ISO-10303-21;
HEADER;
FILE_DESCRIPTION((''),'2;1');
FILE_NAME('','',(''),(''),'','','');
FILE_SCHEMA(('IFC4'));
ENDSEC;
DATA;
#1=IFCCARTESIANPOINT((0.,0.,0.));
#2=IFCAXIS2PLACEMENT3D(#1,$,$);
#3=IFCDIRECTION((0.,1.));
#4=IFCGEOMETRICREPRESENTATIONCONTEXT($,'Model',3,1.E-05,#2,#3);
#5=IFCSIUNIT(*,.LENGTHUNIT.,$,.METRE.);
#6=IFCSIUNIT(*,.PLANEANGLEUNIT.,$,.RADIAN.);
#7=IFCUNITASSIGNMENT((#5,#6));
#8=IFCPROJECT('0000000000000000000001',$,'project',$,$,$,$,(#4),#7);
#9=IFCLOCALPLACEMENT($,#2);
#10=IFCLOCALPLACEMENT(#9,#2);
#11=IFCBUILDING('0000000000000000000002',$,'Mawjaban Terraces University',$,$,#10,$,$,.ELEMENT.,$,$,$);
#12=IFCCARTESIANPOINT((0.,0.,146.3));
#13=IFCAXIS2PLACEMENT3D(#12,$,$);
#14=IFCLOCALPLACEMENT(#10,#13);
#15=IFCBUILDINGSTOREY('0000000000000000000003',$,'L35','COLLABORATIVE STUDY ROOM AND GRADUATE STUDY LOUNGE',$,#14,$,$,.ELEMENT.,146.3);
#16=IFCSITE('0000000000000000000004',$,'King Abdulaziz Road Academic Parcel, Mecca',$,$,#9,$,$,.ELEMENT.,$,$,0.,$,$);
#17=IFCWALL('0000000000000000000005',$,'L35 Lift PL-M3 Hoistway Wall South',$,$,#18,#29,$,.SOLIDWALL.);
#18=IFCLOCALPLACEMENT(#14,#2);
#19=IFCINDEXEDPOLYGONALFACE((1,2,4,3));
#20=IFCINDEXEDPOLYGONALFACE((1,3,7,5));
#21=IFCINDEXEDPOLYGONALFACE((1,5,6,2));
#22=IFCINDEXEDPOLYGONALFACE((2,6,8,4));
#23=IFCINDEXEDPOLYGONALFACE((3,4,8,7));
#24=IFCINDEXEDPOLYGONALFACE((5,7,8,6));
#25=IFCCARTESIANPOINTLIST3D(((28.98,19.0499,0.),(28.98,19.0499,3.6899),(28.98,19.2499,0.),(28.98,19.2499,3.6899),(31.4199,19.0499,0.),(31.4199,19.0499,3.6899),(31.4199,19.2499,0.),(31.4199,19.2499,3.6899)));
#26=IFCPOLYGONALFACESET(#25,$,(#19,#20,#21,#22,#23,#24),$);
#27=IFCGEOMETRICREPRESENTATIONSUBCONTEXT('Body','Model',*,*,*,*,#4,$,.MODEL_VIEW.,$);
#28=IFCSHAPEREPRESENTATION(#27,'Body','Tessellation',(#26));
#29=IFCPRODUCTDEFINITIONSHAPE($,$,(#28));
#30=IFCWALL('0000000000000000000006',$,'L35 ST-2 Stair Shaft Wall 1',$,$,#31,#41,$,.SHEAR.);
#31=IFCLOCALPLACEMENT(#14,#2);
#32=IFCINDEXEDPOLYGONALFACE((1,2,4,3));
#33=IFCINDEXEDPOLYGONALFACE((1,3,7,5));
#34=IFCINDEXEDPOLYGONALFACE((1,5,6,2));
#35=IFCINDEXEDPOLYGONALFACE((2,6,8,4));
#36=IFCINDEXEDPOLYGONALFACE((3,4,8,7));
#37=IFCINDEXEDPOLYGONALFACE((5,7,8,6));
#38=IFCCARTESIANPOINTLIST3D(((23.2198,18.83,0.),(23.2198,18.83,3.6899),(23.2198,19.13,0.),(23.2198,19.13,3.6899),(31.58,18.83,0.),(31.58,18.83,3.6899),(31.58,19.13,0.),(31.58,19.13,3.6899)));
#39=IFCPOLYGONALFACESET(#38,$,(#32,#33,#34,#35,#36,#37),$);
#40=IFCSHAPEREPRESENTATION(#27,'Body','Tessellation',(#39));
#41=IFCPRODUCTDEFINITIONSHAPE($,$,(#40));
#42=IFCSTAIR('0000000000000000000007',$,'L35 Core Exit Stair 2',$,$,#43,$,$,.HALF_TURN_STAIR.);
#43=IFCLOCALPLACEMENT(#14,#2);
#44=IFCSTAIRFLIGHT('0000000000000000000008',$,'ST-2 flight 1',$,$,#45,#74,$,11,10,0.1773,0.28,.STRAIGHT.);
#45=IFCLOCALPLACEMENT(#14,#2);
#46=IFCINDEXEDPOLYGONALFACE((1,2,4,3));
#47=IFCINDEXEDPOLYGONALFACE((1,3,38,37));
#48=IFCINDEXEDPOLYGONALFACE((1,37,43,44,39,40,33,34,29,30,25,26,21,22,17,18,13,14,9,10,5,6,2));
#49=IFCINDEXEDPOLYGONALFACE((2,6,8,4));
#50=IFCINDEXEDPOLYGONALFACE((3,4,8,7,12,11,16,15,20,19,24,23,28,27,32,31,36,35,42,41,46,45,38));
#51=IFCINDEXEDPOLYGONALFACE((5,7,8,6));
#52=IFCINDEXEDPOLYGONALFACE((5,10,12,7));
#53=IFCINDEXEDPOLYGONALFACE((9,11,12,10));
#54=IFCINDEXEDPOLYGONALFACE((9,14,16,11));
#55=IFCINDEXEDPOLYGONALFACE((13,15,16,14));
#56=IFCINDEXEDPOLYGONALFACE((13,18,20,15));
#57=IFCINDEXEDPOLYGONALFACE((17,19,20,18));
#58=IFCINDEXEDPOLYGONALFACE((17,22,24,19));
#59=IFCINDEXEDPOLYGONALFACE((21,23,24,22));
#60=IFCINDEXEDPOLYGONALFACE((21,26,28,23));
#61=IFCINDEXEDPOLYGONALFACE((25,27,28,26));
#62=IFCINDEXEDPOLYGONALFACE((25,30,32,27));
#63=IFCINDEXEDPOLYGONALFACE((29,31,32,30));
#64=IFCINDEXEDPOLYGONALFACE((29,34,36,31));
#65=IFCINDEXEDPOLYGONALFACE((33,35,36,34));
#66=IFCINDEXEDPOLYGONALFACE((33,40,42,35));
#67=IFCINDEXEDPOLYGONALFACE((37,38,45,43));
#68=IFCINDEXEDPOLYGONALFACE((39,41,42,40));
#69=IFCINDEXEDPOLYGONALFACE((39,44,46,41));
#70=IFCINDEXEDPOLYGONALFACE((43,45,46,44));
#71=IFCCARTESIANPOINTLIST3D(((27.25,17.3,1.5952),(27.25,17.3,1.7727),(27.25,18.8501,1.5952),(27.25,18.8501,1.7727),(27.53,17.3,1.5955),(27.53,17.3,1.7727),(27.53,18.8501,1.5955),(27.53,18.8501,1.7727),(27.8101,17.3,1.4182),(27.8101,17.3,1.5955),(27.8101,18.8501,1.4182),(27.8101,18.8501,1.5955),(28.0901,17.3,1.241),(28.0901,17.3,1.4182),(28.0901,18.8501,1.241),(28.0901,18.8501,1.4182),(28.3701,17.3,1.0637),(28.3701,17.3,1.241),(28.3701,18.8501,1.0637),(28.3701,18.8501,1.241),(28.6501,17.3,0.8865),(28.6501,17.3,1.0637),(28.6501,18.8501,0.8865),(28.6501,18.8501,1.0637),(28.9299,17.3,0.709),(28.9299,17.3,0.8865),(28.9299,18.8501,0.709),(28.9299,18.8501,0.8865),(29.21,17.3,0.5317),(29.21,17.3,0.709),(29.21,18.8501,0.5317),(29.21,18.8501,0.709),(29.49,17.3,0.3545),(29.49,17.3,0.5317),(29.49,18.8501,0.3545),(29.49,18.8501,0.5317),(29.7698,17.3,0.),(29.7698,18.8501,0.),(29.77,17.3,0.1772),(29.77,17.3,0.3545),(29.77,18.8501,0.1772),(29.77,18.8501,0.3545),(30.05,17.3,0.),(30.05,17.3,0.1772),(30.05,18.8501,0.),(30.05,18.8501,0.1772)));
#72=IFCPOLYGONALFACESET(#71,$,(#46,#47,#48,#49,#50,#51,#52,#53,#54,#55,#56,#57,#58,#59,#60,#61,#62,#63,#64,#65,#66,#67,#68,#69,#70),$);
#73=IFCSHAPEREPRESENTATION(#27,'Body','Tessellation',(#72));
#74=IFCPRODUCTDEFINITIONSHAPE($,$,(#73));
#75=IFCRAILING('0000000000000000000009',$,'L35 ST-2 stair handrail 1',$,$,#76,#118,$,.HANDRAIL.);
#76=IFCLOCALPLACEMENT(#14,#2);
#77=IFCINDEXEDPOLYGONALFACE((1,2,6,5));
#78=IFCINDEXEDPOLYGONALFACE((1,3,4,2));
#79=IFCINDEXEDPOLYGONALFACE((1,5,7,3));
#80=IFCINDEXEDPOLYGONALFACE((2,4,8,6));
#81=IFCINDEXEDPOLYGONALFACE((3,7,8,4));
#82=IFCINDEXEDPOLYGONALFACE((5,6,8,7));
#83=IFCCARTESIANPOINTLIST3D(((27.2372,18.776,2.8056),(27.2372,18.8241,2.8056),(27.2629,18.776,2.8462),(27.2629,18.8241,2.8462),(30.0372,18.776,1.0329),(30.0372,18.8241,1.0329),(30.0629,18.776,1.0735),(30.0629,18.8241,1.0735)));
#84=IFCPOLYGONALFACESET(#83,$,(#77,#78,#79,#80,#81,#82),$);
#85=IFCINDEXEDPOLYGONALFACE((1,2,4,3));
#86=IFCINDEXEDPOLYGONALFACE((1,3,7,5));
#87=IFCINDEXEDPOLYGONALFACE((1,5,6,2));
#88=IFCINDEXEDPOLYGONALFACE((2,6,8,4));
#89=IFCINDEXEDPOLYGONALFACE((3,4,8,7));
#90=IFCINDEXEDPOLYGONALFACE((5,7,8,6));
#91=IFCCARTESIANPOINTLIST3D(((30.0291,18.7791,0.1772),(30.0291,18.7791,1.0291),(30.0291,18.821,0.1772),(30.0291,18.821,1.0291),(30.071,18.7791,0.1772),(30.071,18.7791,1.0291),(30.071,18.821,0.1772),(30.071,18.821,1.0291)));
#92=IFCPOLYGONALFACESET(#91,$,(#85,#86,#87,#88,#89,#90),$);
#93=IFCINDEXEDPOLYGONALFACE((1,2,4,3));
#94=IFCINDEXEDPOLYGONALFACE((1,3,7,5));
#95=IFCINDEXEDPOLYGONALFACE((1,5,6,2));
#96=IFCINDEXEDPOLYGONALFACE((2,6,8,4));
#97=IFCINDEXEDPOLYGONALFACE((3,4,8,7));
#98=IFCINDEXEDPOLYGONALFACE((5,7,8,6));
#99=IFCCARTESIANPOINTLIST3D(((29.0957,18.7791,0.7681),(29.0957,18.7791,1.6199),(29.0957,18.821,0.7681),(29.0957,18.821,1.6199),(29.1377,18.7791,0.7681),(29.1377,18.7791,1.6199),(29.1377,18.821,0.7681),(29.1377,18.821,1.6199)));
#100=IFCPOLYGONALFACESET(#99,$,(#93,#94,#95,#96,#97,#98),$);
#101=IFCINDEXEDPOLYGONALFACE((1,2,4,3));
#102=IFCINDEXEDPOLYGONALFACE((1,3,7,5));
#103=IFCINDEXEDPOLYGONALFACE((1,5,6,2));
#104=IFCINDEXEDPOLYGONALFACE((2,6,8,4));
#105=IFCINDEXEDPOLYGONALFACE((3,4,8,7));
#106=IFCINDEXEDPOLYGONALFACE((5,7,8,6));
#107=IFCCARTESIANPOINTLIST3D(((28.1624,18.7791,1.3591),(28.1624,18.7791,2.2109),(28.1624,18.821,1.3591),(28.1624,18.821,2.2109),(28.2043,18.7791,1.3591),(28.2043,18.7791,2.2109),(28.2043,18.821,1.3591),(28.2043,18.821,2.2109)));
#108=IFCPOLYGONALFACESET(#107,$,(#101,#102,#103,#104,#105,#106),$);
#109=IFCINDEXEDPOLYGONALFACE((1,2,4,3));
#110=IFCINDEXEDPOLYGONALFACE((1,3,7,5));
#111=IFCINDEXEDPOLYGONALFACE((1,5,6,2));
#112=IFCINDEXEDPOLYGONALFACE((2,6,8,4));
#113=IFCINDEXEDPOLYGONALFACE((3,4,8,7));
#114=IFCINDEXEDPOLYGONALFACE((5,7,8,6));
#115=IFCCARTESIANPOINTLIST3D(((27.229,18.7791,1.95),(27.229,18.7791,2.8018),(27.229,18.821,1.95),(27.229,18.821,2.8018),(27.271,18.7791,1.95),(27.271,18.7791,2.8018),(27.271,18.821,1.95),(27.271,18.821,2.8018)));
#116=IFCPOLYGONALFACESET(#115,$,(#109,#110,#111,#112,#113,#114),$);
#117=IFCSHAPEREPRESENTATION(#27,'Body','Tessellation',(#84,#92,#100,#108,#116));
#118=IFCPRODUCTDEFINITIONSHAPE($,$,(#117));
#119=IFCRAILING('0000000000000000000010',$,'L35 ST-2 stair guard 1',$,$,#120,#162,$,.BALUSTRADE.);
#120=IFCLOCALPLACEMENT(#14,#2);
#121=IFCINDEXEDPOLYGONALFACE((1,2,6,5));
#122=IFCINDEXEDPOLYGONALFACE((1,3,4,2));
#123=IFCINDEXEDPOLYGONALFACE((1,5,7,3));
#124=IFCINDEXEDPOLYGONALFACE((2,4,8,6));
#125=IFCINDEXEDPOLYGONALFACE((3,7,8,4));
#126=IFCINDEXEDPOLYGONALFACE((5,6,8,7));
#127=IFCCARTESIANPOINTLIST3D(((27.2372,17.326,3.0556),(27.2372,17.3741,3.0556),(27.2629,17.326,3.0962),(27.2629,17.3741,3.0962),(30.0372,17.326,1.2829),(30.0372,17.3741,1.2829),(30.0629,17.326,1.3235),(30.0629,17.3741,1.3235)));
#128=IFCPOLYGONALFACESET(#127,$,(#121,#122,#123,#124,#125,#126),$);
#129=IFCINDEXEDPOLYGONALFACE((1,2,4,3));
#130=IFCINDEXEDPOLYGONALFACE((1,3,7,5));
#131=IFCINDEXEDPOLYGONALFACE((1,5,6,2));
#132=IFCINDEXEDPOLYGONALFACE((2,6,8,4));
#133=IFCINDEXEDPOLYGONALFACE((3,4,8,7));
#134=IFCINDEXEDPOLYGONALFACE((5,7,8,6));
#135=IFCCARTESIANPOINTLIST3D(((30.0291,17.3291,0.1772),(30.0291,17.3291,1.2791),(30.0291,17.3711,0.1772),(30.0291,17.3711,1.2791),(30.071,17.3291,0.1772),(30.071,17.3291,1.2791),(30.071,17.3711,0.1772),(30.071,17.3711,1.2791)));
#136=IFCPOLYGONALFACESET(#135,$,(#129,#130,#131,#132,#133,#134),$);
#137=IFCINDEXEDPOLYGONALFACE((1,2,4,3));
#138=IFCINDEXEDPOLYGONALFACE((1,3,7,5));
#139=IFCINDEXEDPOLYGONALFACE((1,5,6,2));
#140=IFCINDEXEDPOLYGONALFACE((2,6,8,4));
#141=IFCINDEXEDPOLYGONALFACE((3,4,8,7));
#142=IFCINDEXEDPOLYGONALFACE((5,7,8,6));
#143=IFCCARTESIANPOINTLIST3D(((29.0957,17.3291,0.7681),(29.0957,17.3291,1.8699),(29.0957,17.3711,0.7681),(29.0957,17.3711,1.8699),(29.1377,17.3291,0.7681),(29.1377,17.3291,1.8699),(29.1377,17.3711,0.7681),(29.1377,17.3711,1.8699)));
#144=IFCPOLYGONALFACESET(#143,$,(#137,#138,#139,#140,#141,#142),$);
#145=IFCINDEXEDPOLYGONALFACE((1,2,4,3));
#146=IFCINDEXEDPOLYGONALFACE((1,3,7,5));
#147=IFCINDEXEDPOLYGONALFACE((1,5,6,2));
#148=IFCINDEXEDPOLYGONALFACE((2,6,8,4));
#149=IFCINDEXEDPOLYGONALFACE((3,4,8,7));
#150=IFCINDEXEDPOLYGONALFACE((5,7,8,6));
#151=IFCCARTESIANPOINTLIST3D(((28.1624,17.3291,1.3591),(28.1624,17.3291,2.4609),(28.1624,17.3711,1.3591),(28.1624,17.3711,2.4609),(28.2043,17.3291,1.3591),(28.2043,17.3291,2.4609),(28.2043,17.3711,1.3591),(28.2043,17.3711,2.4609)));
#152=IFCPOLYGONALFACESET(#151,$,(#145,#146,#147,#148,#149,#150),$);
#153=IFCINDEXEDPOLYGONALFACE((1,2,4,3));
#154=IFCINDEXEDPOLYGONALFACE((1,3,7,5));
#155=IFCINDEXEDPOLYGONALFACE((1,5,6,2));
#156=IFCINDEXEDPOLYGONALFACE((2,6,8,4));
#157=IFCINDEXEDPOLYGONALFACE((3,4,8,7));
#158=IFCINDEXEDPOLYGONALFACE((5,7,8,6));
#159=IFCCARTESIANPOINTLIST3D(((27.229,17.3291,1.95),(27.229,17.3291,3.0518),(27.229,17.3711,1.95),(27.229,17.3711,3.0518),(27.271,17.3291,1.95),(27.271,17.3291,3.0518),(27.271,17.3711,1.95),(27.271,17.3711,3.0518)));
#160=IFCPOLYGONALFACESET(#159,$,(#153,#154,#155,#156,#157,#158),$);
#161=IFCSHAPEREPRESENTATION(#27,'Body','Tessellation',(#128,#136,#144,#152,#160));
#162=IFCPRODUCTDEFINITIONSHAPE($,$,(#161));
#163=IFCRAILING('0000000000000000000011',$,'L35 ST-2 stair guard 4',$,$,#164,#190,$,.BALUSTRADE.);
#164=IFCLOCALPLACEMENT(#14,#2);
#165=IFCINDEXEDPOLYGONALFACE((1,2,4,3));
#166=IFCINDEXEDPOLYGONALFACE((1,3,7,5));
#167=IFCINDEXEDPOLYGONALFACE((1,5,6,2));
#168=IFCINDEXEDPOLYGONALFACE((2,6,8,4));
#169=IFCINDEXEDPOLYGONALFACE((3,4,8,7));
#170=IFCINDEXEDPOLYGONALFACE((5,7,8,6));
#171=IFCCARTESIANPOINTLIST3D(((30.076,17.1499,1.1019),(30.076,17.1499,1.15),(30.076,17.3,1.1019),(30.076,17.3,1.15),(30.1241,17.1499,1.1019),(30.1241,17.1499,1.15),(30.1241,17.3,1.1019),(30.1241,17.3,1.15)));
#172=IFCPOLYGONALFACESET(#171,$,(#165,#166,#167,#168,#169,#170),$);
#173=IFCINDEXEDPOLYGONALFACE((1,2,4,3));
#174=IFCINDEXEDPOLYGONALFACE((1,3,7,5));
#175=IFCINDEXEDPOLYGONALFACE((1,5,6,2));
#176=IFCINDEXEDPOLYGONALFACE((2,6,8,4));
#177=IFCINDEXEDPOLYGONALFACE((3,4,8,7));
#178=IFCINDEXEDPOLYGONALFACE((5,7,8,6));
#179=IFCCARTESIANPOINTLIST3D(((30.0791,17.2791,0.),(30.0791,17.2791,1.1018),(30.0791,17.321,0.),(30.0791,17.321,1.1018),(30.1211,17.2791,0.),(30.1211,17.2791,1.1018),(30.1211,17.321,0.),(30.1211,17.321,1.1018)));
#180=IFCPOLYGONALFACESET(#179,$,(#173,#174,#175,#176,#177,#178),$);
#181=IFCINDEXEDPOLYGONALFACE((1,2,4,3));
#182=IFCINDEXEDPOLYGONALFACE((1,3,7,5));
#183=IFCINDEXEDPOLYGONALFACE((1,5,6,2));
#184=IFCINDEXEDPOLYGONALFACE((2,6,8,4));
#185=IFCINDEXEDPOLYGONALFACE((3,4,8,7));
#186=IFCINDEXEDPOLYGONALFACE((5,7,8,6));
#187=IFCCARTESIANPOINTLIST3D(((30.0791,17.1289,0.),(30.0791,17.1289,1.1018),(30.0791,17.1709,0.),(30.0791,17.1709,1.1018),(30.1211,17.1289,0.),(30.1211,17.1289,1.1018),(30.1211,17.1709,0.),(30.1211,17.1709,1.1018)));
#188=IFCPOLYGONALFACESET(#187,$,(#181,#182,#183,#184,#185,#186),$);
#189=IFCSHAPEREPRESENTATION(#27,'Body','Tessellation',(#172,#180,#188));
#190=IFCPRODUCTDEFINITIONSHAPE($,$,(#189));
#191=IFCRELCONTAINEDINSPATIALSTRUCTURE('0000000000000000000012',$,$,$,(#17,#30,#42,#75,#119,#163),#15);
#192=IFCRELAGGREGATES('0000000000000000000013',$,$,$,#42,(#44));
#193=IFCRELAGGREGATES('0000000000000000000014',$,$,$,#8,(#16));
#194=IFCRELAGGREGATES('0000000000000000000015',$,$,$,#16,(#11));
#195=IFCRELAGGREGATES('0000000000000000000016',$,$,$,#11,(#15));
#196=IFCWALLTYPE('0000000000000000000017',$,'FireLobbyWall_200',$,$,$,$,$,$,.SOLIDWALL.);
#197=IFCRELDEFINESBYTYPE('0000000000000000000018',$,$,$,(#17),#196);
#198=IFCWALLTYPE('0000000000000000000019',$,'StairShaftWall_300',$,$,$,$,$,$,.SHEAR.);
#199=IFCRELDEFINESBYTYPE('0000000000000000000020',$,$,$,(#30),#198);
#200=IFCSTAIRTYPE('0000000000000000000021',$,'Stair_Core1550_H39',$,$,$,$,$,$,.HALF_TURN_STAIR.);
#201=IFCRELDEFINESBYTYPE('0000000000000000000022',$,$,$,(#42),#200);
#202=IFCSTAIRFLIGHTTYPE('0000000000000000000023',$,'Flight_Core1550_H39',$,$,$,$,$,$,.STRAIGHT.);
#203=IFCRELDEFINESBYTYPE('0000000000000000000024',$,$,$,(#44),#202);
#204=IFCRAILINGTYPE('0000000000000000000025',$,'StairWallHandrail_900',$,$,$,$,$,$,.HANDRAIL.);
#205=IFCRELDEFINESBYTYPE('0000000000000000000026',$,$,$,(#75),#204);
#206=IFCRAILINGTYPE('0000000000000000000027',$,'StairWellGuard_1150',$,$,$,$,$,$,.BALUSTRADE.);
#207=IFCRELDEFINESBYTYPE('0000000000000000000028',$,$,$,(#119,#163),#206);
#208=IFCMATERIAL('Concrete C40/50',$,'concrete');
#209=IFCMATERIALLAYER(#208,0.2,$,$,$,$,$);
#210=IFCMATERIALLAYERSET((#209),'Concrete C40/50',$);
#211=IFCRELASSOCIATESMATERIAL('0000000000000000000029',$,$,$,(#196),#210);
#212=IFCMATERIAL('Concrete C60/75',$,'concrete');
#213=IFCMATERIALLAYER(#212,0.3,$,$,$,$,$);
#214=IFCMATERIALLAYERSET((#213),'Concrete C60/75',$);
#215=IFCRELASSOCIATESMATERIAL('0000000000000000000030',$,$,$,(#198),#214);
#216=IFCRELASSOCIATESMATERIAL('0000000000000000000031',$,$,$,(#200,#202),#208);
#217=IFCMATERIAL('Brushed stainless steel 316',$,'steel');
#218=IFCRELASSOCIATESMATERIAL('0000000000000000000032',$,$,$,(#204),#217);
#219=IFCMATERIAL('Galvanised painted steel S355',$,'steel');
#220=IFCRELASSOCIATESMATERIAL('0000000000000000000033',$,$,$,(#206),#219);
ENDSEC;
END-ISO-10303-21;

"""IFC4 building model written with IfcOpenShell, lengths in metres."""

from ifc_helpers import new_model, si_unit, direction, frame, frame_2d, origin, origin_2d, place, context, subcontext, project, spatial, polyline, rectangle, outline, extrude, material, layer, layer_set, type_object, element, aggregate, save


model = new_model("IFC4")

# Units and contexts
model_context = context("Model", 3, precision=1e-05, world=origin(), true_north=direction((0.0, 1.0)))
body_context = subcontext(model_context, "Body", "Model", "MODEL_VIEW")
ifc_project = project(units=[si_unit("LENGTHUNIT", "METRE"), si_unit("PLANEANGLEUNIT", "RADIAN")], contexts=[model_context])

# Site, building, storey
site_placement = place(None, origin())
site = spatial("IfcSite", under=ifc_project, at=site_placement, Name="King Abdulaziz Road Academic Parcel, Mecca", CompositionType="ELEMENT", RefElevation=0.0)
building_placement = place(site_placement, origin())
building = spatial("IfcBuilding", under=site, at=building_placement, Name="Mawjaban Terraces University", CompositionType="ELEMENT")
storey_placement = place(building_placement, frame((0.0, 0.0, 146.3)))
storey = spatial("IfcBuildingStorey", under=building, at=storey_placement, Name="L35", Description="COLLABORATIVE STUDY ROOM AND GRADUATE STUDY LOUNGE", CompositionType="ELEMENT", Elevation=146.3)

# Shared definitions
ifc_material_1 = material(Name="Concrete C40/50", Category="concrete")
ifc_layer_1 = layer(ifc_material_1, 0.2)
ifc_layer_set_1 = layer_set([ifc_layer_1], Name="Concrete C40/50")
wall_type_1 = type_object("IfcWallType", Name="FireLobbyWall_200", PredefinedType="SOLIDWALL", material=ifc_layer_set_1)

# Walls
wall_1_placement = place(storey_placement, frame((28.98, 19.1499, 0.0), z_axis=(0.0, 0.0, 1.0), x_axis=(1.0, 0.0, 0.0)))
element("IfcWall", 1, at=wall_1_placement, inside=storey, type_object=wall_type_1, Name="L35 Lift PL-M3 Hoistway Wall South", PredefinedType="SOLIDWALL", context=body_context, shape_type="SweptSolid", body=[
    extrude(rectangle(XDim=2.4399, YDim=0.2, at=frame_2d((1.22, 0.0))), origin(), (0.0, 0.0, 1.0), 3.6899),
])
ifc_material_2 = material(Name="Concrete C60/75", Category="concrete")
ifc_layer_2 = layer(ifc_material_2, 0.3)
ifc_layer_set_2 = layer_set([ifc_layer_2], Name="Concrete C60/75")
wall_type_2 = type_object("IfcWallType", Name="StairShaftWall_300", PredefinedType="SHEAR", material=ifc_layer_set_2)
wall_2_placement = place(storey_placement, frame((31.5801, 18.98, 0.0), z_axis=(0.0, 0.0, 1.0), x_axis=(-1.0, 0.0, 0.0)))
element("IfcWall", 2, at=wall_2_placement, inside=storey, type_object=wall_type_2, Name="L35 ST-2 Stair Shaft Wall 1", PredefinedType="SHEAR", context=body_context, shape_type="SweptSolid", body=[
    extrude(rectangle(XDim=8.3601, YDim=0.3, at=frame_2d((4.1802, 0.0))), origin(), (0.0, 0.0, 1.0), 3.6899),
])

# Stair, stair flight
stair_type = type_object("IfcStairType", Name="Stair_Core1550_H39", PredefinedType="HALF_TURN_STAIR", material=ifc_material_1)
stair_placement = place(storey_placement, origin())
stair = element("IfcStair", 3, at=stair_placement, inside=storey, type_object=stair_type, Name="L35 Core Exit Stair 2", PredefinedType="HALF_TURN_STAIR")
stair_flight_type = type_object("IfcStairFlightType", Name="Flight_Core1550_H39", PredefinedType="STRAIGHT", material=ifc_material_1)
stair_flight_placement = place(storey_placement, frame((30.05, 18.075, 0.0), z_axis=(0.0, 0.0, 1.0), x_axis=(-1.0, 0.0, 0.0)))
stair_flight = element("IfcStairFlight", 4, at=stair_flight_placement, type_object=stair_flight_type, Name="ST-2 flight 1", NumberOfRisers=11, NumberOfTreads=10, PredefinedType="STRAIGHT", RiserHeight=0.1773, TreadLength=0.28, context=body_context, shape_type="SweptSolid", body=[
    extrude(outline(polyline([(0.0, 0.0), (0.0, 0.1772), (0.28, 0.1772), (0.28, 0.3545), (0.5601, 0.3545), (0.5601, 0.5317), (0.8401, 0.5317), (0.8401, 0.709), (1.1201, 0.709), (1.1201, 0.8865), (1.3999, 0.8865), (1.3999, 1.0637), (1.6799, 1.0637), (1.6799, 1.241), (1.96, 1.241), (1.96, 1.4182), (2.24, 1.4182), (2.24, 1.5955), (2.52, 1.5955), (2.52, 1.7727), (2.8, 1.7727), (2.8, 1.95), (2.8, 1.5952), (0.2803, 0.0), (0.0, 0.0)])), frame((0.0, 0.7749, 0.0), z_axis=(0.0, -1.0, 0.0), x_axis=(1.0, 0.0, 0.0)), (0.0, 0.0, 1.0), 1.55),
])
aggregate(stair, [stair_flight])

# Railings
ifc_material_3 = material(Name="Brushed stainless steel 316", Category="steel")
railing_type_1 = type_object("IfcRailingType", Name="StairWallHandrail_900", PredefinedType="HANDRAIL", material=ifc_material_3)
railing_1_placement = place(storey_placement, frame((30.05, 18.8, 0.1772)))
element("IfcRailing", 5, at=railing_1_placement, inside=storey, type_object=railing_type_1, Name="L35 ST-2 stair handrail 1", PredefinedType="HANDRAIL", context=body_context, shape_type="SweptSolid", body=[
    extrude(rectangle(XDim=0.0481, YDim=0.0481, at=origin_2d()), frame((0.0, 0.0, 0.876), z_axis=(-0.844909, 0.0, 0.53491), x_axis=(0.0, -1.0, 0.0)), (0.0, 0.0, 1.0), 3.314),
    extrude(rectangle(XDim=0.042, YDim=0.042, at=origin_2d()), origin(), (0.0, 0.0, 1.0), 0.8518),
    extrude(rectangle(XDim=0.042, YDim=0.042, at=origin_2d()), frame((-0.9333, 0.0, 0.5908)), (0.0, 0.0, 1.0), 0.8518),
    extrude(rectangle(XDim=0.042, YDim=0.042, at=origin_2d()), frame((-1.8667, 0.0, 1.1819)), (0.0, 0.0, 1.0), 0.8518),
    extrude(rectangle(XDim=0.042, YDim=0.042, at=origin_2d()), frame((-2.8, 0.0, 1.7727)), (0.0, 0.0, 1.0), 0.8518),
])
ifc_material_4 = material(Name="Galvanised painted steel S355", Category="steel")
railing_type_2 = type_object("IfcRailingType", Name="StairWellGuard_1150", PredefinedType="BALUSTRADE", material=ifc_material_4)
railing_2_placement = place(storey_placement, frame((30.05, 17.3501, 0.1772)))
element("IfcRailing", 6, at=railing_2_placement, inside=storey, type_object=railing_type_2, Name="L35 ST-2 stair guard 1", PredefinedType="BALUSTRADE", context=body_context, shape_type="SweptSolid", body=[
    extrude(rectangle(XDim=0.0481, YDim=0.0481, at=origin_2d()), frame((0.0, 0.0, 1.126), z_axis=(-0.844909, 0.0, 0.53491), x_axis=(0.0, -1.0, 0.0)), (0.0, 0.0, 1.0), 3.314),
    extrude(rectangle(XDim=0.042, YDim=0.042, at=origin_2d()), origin(), (0.0, 0.0, 1.0), 1.1018),
    extrude(rectangle(XDim=0.042, YDim=0.042, at=origin_2d()), frame((-0.9333, 0.0, 0.5908)), (0.0, 0.0, 1.0), 1.1018),
    extrude(rectangle(XDim=0.042, YDim=0.042, at=origin_2d()), frame((-1.8667, 0.0, 1.1819)), (0.0, 0.0, 1.0), 1.1018),
    extrude(rectangle(XDim=0.042, YDim=0.042, at=origin_2d()), frame((-2.8, 0.0, 1.7727)), (0.0, 0.0, 1.0), 1.1018),
])
railing_3_placement = place(storey_placement, frame((30.1001, 17.3, 0.0)))
element("IfcRailing", 7, at=railing_3_placement, inside=storey, type_object=railing_type_2, Name="L35 ST-2 stair guard 4", PredefinedType="BALUSTRADE", context=body_context, shape_type="SweptSolid", body=[
    extrude(rectangle(XDim=0.0481, YDim=0.0481, at=origin_2d()), frame((0.0, 0.0, 1.126), z_axis=(0.0, -1.0, 0.0), x_axis=(1.0, 0.0, 0.0)), (0.0, 0.0, 1.0), 0.1501),
    extrude(rectangle(XDim=0.042, YDim=0.042, at=origin_2d()), origin(), (0.0, 0.0, 1.0), 1.1018),
    extrude(rectangle(XDim=0.042, YDim=0.042, at=origin_2d()), frame((0.0, -0.1501, 0.0)), (0.0, 0.0, 1.0), 1.1018),
])

save(model, "model.ifc")
